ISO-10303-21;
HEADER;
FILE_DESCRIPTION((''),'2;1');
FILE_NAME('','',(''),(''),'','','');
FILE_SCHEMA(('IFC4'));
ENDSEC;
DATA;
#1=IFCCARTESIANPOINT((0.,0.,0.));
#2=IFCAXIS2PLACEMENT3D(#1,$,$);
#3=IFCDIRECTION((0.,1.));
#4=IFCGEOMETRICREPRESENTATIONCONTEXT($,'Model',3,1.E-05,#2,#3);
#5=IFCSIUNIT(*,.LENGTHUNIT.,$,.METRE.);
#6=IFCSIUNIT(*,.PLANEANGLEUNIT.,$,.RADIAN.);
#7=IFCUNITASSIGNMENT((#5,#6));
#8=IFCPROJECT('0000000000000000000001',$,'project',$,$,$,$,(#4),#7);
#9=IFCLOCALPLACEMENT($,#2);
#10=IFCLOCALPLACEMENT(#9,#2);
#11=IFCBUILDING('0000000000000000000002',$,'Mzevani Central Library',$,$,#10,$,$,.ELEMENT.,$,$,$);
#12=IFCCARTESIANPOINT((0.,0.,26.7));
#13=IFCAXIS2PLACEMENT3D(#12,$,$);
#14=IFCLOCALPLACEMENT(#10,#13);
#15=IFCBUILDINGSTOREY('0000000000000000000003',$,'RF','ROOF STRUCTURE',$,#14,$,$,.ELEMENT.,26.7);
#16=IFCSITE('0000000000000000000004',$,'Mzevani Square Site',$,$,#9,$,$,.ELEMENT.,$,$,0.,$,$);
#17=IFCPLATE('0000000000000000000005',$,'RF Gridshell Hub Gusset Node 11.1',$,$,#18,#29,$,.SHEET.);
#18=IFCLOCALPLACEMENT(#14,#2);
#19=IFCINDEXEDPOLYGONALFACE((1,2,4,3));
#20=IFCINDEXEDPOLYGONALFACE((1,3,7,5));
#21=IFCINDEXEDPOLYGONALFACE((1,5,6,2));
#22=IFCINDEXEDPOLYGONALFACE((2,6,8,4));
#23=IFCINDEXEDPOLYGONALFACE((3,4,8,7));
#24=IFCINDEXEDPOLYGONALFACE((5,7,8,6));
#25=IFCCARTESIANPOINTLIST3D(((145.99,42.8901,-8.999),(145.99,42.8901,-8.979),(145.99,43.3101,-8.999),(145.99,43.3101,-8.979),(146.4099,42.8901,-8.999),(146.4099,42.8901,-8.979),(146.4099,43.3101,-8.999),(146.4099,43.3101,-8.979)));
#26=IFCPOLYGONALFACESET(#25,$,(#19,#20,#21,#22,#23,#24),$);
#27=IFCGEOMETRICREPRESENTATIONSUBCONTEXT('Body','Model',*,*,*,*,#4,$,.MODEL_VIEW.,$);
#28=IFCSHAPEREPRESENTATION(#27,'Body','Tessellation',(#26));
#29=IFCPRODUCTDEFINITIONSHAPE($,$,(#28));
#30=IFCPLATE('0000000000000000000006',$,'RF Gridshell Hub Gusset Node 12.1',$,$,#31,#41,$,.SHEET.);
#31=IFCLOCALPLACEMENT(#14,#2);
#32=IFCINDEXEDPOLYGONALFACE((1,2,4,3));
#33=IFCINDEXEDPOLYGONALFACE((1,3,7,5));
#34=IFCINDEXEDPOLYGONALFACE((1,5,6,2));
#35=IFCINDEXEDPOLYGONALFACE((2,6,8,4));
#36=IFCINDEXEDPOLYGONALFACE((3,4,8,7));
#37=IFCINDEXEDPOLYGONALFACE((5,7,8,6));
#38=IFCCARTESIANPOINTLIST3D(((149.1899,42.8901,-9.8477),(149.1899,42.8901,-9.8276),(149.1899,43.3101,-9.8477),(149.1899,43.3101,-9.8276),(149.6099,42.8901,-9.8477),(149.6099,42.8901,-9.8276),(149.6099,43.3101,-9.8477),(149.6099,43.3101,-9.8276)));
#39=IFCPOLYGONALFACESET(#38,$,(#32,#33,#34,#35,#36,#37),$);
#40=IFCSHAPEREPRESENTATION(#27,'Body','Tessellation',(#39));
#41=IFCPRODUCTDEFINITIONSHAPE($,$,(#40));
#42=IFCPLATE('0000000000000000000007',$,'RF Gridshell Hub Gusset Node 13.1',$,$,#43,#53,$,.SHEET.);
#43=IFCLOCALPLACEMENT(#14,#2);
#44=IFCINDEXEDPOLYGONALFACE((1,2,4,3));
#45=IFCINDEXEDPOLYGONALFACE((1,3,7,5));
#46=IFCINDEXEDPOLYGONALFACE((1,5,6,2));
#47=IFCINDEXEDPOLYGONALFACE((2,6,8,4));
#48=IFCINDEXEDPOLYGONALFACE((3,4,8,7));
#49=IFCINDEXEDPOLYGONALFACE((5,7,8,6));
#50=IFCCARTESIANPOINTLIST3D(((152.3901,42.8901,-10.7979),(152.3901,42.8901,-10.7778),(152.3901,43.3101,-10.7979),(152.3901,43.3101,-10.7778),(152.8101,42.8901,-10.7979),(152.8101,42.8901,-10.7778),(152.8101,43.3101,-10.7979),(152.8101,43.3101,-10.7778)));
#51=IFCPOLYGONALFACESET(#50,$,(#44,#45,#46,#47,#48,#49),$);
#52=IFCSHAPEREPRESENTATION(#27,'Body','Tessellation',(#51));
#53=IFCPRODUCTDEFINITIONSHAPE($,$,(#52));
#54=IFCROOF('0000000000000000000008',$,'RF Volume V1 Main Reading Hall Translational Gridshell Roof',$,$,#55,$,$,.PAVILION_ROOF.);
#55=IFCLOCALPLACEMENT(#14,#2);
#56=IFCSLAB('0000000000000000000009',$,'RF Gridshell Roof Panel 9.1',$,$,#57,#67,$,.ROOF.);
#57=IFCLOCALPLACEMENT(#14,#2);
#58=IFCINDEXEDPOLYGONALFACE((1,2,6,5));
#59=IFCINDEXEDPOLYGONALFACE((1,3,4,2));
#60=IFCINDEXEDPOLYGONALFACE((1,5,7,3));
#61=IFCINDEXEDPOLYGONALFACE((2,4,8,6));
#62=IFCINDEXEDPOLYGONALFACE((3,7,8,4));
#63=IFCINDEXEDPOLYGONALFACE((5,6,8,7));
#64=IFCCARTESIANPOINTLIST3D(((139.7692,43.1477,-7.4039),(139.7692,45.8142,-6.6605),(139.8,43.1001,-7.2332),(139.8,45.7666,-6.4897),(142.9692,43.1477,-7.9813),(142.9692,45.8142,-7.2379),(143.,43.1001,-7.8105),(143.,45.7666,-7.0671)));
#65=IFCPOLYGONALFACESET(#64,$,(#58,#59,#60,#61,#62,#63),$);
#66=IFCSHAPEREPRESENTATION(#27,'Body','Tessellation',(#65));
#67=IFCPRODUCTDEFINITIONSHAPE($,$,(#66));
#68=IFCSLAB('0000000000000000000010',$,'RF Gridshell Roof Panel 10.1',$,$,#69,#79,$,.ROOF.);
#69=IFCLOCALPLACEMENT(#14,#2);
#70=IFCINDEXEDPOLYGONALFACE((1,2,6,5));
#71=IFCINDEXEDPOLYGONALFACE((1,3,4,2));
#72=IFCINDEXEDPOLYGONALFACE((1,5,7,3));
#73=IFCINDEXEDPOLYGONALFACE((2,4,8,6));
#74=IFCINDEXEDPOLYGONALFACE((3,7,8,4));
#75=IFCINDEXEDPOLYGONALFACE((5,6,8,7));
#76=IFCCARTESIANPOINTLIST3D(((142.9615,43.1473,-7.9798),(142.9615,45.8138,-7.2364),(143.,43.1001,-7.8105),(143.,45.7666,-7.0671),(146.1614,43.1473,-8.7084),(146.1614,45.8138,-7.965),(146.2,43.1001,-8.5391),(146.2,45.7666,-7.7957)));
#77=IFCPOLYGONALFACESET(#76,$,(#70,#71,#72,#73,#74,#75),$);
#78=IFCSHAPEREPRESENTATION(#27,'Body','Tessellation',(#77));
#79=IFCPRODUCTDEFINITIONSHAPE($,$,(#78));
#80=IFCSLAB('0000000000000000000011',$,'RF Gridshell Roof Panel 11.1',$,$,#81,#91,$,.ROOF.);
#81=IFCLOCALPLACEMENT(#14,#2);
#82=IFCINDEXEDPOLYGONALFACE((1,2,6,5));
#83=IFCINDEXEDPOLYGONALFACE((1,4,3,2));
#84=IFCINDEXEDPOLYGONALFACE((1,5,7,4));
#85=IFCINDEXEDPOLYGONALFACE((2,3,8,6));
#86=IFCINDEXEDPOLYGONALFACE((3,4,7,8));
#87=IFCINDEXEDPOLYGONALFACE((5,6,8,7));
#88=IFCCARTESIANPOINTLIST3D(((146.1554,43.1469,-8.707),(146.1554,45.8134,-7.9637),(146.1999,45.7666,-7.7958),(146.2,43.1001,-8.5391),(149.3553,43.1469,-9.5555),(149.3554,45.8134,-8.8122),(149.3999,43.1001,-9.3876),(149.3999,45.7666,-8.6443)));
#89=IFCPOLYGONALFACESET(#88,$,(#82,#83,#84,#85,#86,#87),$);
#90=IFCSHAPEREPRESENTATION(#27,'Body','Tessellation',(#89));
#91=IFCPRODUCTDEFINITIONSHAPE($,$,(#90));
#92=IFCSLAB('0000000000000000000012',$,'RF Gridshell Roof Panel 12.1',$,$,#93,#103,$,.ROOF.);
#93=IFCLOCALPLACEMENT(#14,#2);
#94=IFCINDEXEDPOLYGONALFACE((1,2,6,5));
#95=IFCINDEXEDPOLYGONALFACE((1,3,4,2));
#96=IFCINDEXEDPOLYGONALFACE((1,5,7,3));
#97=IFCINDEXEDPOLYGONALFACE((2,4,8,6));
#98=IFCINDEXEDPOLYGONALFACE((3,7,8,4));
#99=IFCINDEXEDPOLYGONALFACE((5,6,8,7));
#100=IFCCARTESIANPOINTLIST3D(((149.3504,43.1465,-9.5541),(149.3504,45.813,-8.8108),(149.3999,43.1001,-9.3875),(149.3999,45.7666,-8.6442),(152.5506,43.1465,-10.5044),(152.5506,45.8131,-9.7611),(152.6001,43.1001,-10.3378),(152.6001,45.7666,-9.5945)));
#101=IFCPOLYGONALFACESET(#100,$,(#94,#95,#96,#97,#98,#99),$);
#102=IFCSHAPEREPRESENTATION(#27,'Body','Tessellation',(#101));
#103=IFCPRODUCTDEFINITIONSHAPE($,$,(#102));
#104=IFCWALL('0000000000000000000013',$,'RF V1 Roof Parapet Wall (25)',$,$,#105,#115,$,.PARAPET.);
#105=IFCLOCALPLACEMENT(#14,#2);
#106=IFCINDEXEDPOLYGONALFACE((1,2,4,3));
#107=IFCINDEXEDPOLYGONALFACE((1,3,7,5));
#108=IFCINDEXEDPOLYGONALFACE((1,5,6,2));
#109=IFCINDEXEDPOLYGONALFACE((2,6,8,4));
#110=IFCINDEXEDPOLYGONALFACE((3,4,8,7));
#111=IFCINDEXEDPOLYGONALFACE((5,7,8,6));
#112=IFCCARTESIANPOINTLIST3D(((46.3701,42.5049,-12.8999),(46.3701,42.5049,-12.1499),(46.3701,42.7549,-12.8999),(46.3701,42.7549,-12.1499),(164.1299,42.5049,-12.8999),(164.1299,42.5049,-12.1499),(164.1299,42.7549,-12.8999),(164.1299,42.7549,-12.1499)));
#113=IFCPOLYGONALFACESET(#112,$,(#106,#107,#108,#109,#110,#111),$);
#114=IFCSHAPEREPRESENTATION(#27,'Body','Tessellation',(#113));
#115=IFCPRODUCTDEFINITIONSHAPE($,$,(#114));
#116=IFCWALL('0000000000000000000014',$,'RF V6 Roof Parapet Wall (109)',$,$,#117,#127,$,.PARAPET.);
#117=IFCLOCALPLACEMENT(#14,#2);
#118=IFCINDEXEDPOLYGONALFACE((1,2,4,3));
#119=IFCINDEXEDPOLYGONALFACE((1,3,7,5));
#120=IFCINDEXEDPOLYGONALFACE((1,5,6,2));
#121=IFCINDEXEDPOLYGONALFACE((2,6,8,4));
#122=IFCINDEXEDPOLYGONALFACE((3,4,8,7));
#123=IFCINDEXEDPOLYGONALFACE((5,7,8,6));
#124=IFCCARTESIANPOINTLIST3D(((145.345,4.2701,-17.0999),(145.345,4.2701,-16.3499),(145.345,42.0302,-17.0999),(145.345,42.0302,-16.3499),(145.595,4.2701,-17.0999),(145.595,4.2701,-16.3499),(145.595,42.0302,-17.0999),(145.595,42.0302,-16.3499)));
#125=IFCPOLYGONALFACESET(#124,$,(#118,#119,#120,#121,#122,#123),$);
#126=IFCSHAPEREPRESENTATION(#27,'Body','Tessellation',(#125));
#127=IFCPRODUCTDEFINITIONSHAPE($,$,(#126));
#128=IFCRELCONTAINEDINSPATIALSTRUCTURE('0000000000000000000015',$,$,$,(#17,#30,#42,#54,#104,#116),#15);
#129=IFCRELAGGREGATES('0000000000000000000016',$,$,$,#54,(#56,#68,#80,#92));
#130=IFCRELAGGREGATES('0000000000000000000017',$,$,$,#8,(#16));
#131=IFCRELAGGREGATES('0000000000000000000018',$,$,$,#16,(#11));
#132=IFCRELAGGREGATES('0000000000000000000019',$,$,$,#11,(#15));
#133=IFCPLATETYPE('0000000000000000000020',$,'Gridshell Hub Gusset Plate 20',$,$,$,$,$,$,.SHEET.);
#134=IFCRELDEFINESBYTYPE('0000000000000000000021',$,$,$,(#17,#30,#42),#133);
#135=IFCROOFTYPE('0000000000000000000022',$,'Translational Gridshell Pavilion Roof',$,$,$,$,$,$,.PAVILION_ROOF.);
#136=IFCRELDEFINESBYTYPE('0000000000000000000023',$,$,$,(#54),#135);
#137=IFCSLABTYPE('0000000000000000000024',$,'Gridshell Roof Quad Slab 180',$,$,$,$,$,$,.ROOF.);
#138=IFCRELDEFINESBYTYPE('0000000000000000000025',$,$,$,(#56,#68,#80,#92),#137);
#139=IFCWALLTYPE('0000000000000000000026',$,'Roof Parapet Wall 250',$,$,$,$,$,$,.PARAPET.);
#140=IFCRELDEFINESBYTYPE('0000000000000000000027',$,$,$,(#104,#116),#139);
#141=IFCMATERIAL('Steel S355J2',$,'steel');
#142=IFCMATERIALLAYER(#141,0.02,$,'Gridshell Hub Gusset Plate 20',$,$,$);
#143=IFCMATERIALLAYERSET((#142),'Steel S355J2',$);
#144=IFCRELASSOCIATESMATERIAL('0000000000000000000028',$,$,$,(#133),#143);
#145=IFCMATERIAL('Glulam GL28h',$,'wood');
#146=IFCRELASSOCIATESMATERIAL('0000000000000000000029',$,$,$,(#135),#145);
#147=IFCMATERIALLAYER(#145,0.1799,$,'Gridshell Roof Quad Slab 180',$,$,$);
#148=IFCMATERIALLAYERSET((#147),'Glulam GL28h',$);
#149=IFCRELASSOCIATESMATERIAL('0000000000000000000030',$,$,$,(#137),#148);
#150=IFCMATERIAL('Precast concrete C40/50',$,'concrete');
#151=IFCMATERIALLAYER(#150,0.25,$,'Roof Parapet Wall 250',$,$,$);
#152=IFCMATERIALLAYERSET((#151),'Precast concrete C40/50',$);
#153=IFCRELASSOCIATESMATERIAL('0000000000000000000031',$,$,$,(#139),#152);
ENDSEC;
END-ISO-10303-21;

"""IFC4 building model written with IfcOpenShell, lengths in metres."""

from ifc_helpers import new_model, si_unit, direction, frame, frame_2d, origin, origin_2d, place, context, subcontext, project, spatial, polyline, rectangle, outline, extrude, material, layer, layer_set, type_object, element, aggregate, save


model = new_model("IFC4")

# Units and contexts
model_context = context("Model", 3, precision=1e-05, world=origin(), true_north=direction((0.0, 1.0)))
body_context = subcontext(model_context, "Body", "Model", "MODEL_VIEW")
ifc_project = project(units=[si_unit("LENGTHUNIT", "METRE"), si_unit("PLANEANGLEUNIT", "RADIAN")], contexts=[model_context])

# Site, building, storey
site_placement = place(None, origin())
site = spatial("IfcSite", under=ifc_project, at=site_placement, Name="Mzevani Square Site", CompositionType="ELEMENT", RefElevation=0.0)
building_placement = place(site_placement, origin())
building = spatial("IfcBuilding", under=site, at=building_placement, Name="Mzevani Central Library", CompositionType="ELEMENT")
storey_placement = place(building_placement, frame((0.0, 0.0, 26.7)))
storey = spatial("IfcBuildingStorey", under=building, at=storey_placement, Name="RF", Description="ROOF STRUCTURE", CompositionType="ELEMENT", Elevation=26.7)

# Shared definitions
ifc_material_1 = material(Name="Glulam GL28h", Category="wood")

# Shared definitions
ifc_material_2 = material(Name="Steel S355J2", Category="steel")

# Plates
ifc_layer_1 = layer(ifc_material_2, 0.02, Name="Gridshell Hub Gusset Plate 20")
ifc_layer_set_1 = layer_set([ifc_layer_1], Name="Steel S355J2")
plate_type = type_object("IfcPlateType", Name="Gridshell Hub Gusset Plate 20", PredefinedType="SHEET", material=ifc_layer_set_1)
for number, where, z_axis, x_axis, name in (
    (1, (146.2, 43.1001, -8.999), (0.0, 0.0, 1.0), (1.0, 0.0, 0.0), "RF Gridshell Hub Gusset Node 11.1"),
    (2, (149.3999, 43.1001, -9.8477), (0.0, 0.0, 1.0), (1.0, 0.0, 0.0), "RF Gridshell Hub Gusset Node 12.1"),
    (3, (152.6001, 43.1001, -10.7979), (0.0, 0.0, 1.0), (1.0, 0.0, 0.0), "RF Gridshell Hub Gusset Node 13.1"),
):
    element("IfcPlate", number, at=place(storey_placement, frame(where, z_axis=z_axis, x_axis=x_axis)), inside=storey, type_object=plate_type, Name=name, PredefinedType="SHEET", context=body_context, shape_type="SweptSolid", body=[
        extrude(rectangle(XDim=0.4199, YDim=0.4199, at=origin_2d()), origin(), (0.0, 0.0, 1.0), 0.02),
    ])

# Roof, slabs
roof_type = type_object("IfcRoofType", Name="Translational Gridshell Pavilion Roof", PredefinedType="PAVILION_ROOF", material=ifc_material_1)
roof_placement = place(storey_placement, origin())
roof = element("IfcRoof", 4, at=roof_placement, inside=storey, type_object=roof_type, Name="RF Volume V1 Main Reading Hall Translational Gridshell Roof", PredefinedType="PAVILION_ROOF")
ifc_layer_2 = layer(ifc_material_1, 0.1799, Name="Gridshell Roof Quad Slab 180")
ifc_layer_set_2 = layer_set([ifc_layer_2], Name="Glulam GL28h")
slab_type = type_object("IfcSlabType", Name="Gridshell Roof Quad Slab 180", PredefinedType="ROOF", material=ifc_layer_set_2)
slab_1_placement = place(storey_placement, frame((139.8, 43.1001, -7.2332), z_axis=(0.171242, -0.264587, 0.949036), x_axis=(0.984108, 0.0, -0.17757)))
slab_1 = element("IfcSlab", 5, at=slab_1_placement, type_object=slab_type, Name="RF Gridshell Roof Panel 9.1", PredefinedType="ROOF", context=body_context, shape_type="SweptSolid", body=[
    extrude(outline(polyline([(0.0, 0.0), (3.2516, 0.0), (3.1196, 2.765), (-0.132, 2.765), (0.0, 0.0)])), origin(), (0.0, 0.0, -1.0), 0.1799),
])
slab_2_placement = place(storey_placement, frame((143.0, 43.1001, -7.8105), z_axis=(0.214211, -0.26232, 0.940905), x_axis=(0.97505, 0.0, -0.221984)))
slab_2 = element("IfcSlab", 6, at=slab_2_placement, type_object=slab_type, Name="RF Gridshell Roof Panel 10.1", PredefinedType="ROOF", context=body_context, shape_type="SweptSolid", body=[
    extrude(outline(polyline([(0.0, 0.0), (3.2818, 0.0), (3.1168, 2.7633), (-0.165, 2.7633), (0.0, 0.0)])), origin(), (0.0, 0.0, -1.0), 0.1799),
])
slab_3_placement = place(storey_placement, frame((146.2, 43.1001, -8.5391), z_axis=(0.24748, -0.26016, 0.933311), x_axis=(0.966596, 0.000009, -0.256304)))
slab_3 = element("IfcSlab", 7, at=slab_3_placement, type_object=slab_type, Name="RF Gridshell Roof Panel 11.1", PredefinedType="ROOF", context=body_context, shape_type="SweptSolid", body=[
    extrude(outline(polyline([(0.0, 0.0), (3.3105, 0.0), (3.1201, 2.7616), (-0.1905, 2.7616), (0.0, 0.0)])), origin(), (0.0, 0.0, -1.0), 0.1799),
])
slab_4_placement = place(storey_placement, frame((149.3999, 43.1001, -9.3875), z_axis=(0.27502, -0.258158, 0.926131), x_axis=(0.958625, -0.000009, -0.284672)))
slab_4 = element("IfcSlab", 8, at=slab_4_placement, type_object=slab_type, Name="RF Gridshell Roof Panel 12.1", PredefinedType="ROOF", context=body_context, shape_type="SweptSolid", body=[
    extrude(outline(polyline([(0.0, 0.0), (3.3384, 0.0), (3.1267, 2.7601), (-0.2116, 2.76), (0.0, 0.0)])), origin(), (0.0, 0.0, -1.0), 0.1799),
])
aggregate(roof, [slab_1, slab_2, slab_3, slab_4])

# Walls
ifc_material_3 = material(Name="Precast concrete C40/50", Category="concrete")
ifc_layer_3 = layer(ifc_material_3, 0.25, Name="Roof Parapet Wall 250")
ifc_layer_set_3 = layer_set([ifc_layer_3], Name="Precast concrete C40/50")
wall_type = type_object("IfcWallType", Name="Roof Parapet Wall 250", PredefinedType="PARAPET", material=ifc_layer_set_3)
wall_1_placement = place(storey_placement, frame((164.1299, 42.6299, -12.8999), z_axis=(0.0, 0.0, 1.0), x_axis=(-1.0, 0.0, 0.0)))
element("IfcWall", 9, at=wall_1_placement, inside=storey, type_object=wall_type, Name="RF V1 Roof Parapet Wall (25)", PredefinedType="PARAPET", context=body_context, shape_type="SweptSolid", body=[
    extrude(rectangle(XDim=117.7598, YDim=0.25, at=frame_2d((58.8799, 0.0))), origin(), (0.0, 0.0, 1.0), 0.75),
])
wall_2_placement = place(storey_placement, frame((145.47, 42.03, -17.0999), z_axis=(0.0, 0.0, 1.0), x_axis=(0.0, -1.0, 0.0)))
element("IfcWall", 10, at=wall_2_placement, inside=storey, type_object=wall_type, Name="RF V6 Roof Parapet Wall (109)", PredefinedType="PARAPET", context=body_context, shape_type="SweptSolid", body=[
    extrude(rectangle(XDim=37.76, YDim=0.25, at=frame_2d((18.8799, 0.0))), origin(), (0.0, 0.0, 1.0), 0.75),
])

save(model, "model.ifc")
